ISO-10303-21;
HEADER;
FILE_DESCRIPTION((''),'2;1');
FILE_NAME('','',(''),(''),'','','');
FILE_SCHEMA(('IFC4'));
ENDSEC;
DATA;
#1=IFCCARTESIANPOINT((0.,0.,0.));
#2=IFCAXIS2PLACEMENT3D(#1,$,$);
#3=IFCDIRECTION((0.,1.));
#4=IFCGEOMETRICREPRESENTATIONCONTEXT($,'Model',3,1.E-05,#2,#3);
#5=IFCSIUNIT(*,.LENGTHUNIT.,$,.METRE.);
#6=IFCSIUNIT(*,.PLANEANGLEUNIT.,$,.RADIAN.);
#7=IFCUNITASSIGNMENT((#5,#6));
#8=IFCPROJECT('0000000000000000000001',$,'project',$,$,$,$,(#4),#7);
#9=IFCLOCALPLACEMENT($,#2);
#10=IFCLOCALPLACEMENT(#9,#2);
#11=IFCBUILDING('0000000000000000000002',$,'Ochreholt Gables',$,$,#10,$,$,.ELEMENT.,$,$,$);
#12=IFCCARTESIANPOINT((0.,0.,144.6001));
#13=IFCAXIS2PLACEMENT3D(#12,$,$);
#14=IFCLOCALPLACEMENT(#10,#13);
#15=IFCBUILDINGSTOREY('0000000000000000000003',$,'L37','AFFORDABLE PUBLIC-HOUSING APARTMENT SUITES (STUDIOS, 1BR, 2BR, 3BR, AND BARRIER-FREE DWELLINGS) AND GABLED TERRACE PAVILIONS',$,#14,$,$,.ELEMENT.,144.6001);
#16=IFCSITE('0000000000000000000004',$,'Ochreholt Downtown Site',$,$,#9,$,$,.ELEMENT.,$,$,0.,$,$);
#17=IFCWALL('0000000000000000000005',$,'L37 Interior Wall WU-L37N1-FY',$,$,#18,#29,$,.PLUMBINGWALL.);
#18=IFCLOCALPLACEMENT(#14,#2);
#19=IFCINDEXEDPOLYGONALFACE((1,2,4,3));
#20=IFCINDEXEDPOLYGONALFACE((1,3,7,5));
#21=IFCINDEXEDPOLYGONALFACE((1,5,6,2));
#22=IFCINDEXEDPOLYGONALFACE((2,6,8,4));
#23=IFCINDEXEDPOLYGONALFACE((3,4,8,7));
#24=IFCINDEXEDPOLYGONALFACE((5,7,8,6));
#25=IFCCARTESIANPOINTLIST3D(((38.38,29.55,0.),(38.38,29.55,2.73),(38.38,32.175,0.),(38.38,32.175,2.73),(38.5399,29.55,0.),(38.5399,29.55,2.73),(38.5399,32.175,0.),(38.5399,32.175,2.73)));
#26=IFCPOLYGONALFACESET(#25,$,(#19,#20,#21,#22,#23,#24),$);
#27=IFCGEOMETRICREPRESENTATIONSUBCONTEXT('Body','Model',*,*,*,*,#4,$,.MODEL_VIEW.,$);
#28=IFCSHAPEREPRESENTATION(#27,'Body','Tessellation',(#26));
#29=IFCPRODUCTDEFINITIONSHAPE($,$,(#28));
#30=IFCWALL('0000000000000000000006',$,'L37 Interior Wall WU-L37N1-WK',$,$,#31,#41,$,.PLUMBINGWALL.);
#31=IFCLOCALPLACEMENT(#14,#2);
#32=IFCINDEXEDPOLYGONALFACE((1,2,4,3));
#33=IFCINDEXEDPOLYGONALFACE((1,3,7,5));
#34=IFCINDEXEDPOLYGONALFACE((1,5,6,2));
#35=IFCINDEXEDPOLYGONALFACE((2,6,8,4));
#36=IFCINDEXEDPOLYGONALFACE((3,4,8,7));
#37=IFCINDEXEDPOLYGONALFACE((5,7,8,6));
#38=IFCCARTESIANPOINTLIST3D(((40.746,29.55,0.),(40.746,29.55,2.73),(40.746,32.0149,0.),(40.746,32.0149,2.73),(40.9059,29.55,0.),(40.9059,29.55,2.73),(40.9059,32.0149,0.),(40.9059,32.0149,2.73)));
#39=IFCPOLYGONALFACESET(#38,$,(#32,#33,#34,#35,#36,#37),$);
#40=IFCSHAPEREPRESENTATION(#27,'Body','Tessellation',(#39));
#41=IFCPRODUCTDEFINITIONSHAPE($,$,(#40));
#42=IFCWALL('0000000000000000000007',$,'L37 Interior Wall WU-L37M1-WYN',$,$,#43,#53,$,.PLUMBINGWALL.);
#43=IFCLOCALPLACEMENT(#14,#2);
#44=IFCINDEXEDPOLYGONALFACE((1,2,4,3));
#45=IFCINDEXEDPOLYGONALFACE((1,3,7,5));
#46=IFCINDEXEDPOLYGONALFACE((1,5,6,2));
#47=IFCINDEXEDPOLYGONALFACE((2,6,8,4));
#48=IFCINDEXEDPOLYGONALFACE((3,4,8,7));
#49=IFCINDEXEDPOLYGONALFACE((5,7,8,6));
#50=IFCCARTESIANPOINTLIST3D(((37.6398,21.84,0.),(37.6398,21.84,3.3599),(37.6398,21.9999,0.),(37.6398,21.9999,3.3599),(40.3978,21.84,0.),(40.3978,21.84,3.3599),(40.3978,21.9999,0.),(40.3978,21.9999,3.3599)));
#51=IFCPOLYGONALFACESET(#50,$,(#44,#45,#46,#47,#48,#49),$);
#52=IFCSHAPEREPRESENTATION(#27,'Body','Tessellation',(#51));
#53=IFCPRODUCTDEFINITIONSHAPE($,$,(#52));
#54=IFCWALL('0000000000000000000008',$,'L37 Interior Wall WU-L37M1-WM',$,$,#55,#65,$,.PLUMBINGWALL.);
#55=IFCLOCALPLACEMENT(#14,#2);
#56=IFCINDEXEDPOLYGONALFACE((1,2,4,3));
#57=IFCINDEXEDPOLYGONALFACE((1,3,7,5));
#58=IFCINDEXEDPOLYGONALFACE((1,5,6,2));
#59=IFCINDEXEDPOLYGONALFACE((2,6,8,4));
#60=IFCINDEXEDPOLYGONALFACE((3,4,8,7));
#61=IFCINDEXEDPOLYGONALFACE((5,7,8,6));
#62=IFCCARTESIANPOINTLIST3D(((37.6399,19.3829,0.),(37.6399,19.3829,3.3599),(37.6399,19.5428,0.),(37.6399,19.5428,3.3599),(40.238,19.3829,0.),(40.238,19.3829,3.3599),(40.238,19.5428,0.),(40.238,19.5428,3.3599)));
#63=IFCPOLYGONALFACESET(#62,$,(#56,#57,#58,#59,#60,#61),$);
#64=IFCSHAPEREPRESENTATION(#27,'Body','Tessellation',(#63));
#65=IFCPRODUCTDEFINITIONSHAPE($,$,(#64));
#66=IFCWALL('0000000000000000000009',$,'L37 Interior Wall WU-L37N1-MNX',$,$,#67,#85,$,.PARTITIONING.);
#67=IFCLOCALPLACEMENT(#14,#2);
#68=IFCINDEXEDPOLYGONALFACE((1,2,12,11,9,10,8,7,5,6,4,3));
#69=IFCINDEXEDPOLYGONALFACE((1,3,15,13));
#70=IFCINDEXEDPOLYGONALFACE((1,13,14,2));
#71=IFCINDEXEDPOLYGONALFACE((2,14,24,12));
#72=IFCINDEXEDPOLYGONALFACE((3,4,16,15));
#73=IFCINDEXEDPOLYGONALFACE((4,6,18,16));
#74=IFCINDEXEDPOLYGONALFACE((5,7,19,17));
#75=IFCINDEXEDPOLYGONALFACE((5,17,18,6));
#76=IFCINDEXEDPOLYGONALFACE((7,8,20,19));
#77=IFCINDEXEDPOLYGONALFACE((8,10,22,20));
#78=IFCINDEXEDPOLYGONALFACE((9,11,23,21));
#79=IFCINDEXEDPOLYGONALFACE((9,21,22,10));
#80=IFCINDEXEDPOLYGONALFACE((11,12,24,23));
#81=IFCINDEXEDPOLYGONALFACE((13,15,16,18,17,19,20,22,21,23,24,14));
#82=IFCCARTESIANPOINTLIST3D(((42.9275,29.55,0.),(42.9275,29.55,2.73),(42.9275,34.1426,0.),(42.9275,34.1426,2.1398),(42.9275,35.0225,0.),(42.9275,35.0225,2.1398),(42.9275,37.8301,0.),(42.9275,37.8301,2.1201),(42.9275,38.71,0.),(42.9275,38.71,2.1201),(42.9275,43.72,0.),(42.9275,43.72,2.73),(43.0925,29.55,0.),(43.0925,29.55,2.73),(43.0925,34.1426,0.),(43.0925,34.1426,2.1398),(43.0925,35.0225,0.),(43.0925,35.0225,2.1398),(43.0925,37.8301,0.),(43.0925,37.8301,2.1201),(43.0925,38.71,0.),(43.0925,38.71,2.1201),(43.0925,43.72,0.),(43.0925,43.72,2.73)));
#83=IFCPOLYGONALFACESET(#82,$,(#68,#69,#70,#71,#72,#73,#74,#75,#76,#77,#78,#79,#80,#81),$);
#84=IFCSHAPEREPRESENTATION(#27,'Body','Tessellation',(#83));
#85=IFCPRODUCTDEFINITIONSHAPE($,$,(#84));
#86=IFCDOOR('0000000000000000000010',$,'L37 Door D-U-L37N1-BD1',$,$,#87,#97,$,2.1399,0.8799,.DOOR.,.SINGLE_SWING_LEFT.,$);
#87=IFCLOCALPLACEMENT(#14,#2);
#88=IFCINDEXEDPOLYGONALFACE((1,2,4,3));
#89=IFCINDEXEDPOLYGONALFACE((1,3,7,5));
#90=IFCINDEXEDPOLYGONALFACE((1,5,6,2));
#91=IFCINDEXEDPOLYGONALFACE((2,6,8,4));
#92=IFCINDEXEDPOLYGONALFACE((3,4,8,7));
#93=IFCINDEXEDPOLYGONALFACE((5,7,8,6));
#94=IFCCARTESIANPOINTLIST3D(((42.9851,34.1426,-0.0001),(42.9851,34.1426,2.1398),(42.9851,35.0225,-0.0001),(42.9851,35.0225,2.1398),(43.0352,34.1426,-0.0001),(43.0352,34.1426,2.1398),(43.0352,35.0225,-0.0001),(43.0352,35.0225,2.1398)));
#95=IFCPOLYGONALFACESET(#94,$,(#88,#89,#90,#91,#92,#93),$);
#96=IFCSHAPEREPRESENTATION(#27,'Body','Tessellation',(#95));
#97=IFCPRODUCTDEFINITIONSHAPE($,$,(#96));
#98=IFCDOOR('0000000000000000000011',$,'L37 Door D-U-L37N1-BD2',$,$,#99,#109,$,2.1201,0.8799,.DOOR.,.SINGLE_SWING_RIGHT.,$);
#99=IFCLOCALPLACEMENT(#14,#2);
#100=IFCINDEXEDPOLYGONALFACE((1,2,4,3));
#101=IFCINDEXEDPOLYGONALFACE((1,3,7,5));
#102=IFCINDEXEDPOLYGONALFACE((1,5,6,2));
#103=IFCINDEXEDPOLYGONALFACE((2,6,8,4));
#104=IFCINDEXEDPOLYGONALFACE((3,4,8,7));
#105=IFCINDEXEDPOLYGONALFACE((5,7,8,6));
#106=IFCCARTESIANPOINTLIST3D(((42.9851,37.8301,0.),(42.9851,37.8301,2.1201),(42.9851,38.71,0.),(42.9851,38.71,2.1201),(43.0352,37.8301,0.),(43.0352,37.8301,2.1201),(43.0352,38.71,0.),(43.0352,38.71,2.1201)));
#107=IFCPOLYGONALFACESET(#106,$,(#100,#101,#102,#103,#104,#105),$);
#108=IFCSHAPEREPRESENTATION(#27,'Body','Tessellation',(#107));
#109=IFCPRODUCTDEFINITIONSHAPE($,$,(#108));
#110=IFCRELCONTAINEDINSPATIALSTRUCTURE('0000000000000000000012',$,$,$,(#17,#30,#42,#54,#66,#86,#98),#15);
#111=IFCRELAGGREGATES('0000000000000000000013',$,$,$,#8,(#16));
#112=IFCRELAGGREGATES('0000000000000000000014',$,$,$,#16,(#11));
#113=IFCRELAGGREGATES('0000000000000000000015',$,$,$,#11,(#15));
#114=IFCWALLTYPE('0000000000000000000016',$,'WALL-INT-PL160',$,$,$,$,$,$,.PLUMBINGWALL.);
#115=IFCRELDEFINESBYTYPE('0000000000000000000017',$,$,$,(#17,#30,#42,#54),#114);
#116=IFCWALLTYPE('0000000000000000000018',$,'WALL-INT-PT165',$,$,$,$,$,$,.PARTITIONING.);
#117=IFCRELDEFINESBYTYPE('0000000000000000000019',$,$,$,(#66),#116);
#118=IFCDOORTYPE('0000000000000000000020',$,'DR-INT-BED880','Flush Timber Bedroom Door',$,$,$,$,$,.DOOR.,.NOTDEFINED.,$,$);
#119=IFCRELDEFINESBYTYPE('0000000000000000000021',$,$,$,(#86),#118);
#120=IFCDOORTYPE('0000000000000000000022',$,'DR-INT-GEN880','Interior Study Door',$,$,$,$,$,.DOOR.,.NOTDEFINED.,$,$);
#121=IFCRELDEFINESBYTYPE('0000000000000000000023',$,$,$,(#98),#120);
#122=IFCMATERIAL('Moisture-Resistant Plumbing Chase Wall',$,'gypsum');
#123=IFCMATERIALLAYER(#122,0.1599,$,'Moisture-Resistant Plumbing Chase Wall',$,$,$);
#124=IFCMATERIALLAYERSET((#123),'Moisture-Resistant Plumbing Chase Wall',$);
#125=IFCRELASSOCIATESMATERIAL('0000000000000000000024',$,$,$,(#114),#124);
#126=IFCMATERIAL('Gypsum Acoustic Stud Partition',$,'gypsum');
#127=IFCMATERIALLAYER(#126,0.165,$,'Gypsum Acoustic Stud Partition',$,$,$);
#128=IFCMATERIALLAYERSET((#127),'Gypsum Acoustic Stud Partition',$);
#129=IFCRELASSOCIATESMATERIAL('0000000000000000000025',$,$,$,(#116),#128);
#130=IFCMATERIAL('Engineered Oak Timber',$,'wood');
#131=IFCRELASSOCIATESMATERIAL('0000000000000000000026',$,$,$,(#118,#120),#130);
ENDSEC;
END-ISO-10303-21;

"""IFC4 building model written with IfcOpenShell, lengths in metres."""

from ifc_helpers import new_model, si_unit, direction, frame, frame_2d, origin, place, context, subcontext, project, spatial, rectangle, extrude, material, layer, layer_set, type_object, element, fill, save


model = new_model("IFC4")

# Units and contexts
model_context = context("Model", 3, precision=1e-05, world=origin(), true_north=direction((0.0, 1.0)))
body_context = subcontext(model_context, "Body", "Model", "MODEL_VIEW")
ifc_project = project(units=[si_unit("LENGTHUNIT", "METRE"), si_unit("PLANEANGLEUNIT", "RADIAN")], contexts=[model_context])

# Site, building, storey
site_placement = place(None, origin())
site = spatial("IfcSite", under=ifc_project, at=site_placement, Name="Ochreholt Downtown Site", CompositionType="ELEMENT", RefElevation=0.0)
building_placement = place(site_placement, origin())
building = spatial("IfcBuilding", under=site, at=building_placement, Name="Ochreholt Gables", CompositionType="ELEMENT")
storey_placement = place(building_placement, frame((0.0, 0.0, 144.6001)))
storey = spatial("IfcBuildingStorey", under=building, at=storey_placement, Name="L37", Description="AFFORDABLE PUBLIC-HOUSING APARTMENT SUITES (STUDIOS, 1BR, 2BR, 3BR, AND BARRIER-FREE DWELLINGS) AND GABLED TERRACE PAVILIONS", CompositionType="ELEMENT", Elevation=144.6001)

# Shared definitions
ifc_material_1 = material(Name="Engineered Oak Timber", Category="wood")

# Walls
ifc_material_2 = material(Name="Moisture-Resistant Plumbing Chase Wall", Category="gypsum")
ifc_layer_1 = layer(ifc_material_2, 0.1599, Name="Moisture-Resistant Plumbing Chase Wall")
ifc_layer_set_1 = layer_set([ifc_layer_1], Name="Moisture-Resistant Plumbing Chase Wall")
wall_type_1 = type_object("IfcWallType", Name="WALL-INT-PL160", PredefinedType="PLUMBINGWALL", material=ifc_layer_set_1)
wall_1_placement = place(storey_placement, frame((38.46, 29.55, 0.0), z_axis=(0.0, 0.0, 1.0), x_axis=(0.0, 1.0, 0.0)))
element("IfcWall", 1, at=wall_1_placement, inside=storey, type_object=wall_type_1, Name="L37 Interior Wall WU-L37N1-FY", PredefinedType="PLUMBINGWALL", context=body_context, shape_type="SweptSolid", body=[
    extrude(rectangle(XDim=2.625, YDim=0.1599, at=frame_2d((1.3125, 0.0))), origin(), (0.0, 0.0, 1.0), 2.73),
])
wall_2_placement = place(storey_placement, frame((40.8259, 29.55, 0.0), z_axis=(0.0, 0.0, 1.0), x_axis=(0.0, 1.0, 0.0)))
element("IfcWall", 2, at=wall_2_placement, inside=storey, type_object=wall_type_1, Name="L37 Interior Wall WU-L37N1-WK", PredefinedType="PLUMBINGWALL", context=body_context, shape_type="SweptSolid", body=[
    extrude(rectangle(XDim=2.4648, YDim=0.1599, at=frame_2d((1.2324, 0.0))), origin(), (0.0, 0.0, 1.0), 2.73),
])
wall_3_placement = place(storey_placement, frame((37.6399, 21.9199, 0.0), z_axis=(0.0, 0.0, 1.0), x_axis=(1.0, 0.0, 0.0)))
element("IfcWall", 3, at=wall_3_placement, inside=storey, type_object=wall_type_1, Name="L37 Interior Wall WU-L37M1-WYN", PredefinedType="PLUMBINGWALL", context=body_context, shape_type="SweptSolid", body=[
    extrude(rectangle(XDim=2.7581, YDim=0.1599, at=frame_2d((1.3789, 0.0))), origin(), (0.0, 0.0, 1.0), 3.3599),
])
wall_4_placement = place(storey_placement, frame((37.6399, 19.4629, 0.0), z_axis=(0.0, 0.0, 1.0), x_axis=(1.0, 0.0, 0.0)))
element("IfcWall", 4, at=wall_4_placement, inside=storey, type_object=wall_type_1, Name="L37 Interior Wall WU-L37M1-WM", PredefinedType="PLUMBINGWALL", context=body_context, shape_type="SweptSolid", body=[
    extrude(rectangle(XDim=2.5981, YDim=0.1599, at=frame_2d((1.2991, 0.0))), origin(), (0.0, 0.0, 1.0), 3.3599),
])

# Wall, openings, doors
ifc_material_3 = material(Name="Gypsum Acoustic Stud Partition", Category="gypsum")
ifc_layer_2 = layer(ifc_material_3, 0.165, Name="Gypsum Acoustic Stud Partition")
ifc_layer_set_2 = layer_set([ifc_layer_2], Name="Gypsum Acoustic Stud Partition")
wall_type_2 = type_object("IfcWallType", Name="WALL-INT-PT165", PredefinedType="PARTITIONING", material=ifc_layer_set_2)
wall_5_placement = place(storey_placement, frame((43.01, 29.55, 0.0), z_axis=(0.0, 0.0, 1.0), x_axis=(0.0, 1.0, 0.0)))
wall_5 = element("IfcWall", 5, at=wall_5_placement, inside=storey, type_object=wall_type_2, Name="L37 Interior Wall WU-L37N1-MNX", PredefinedType="PARTITIONING", context=body_context, shape_type="SweptSolid", body=[
    extrude(rectangle(XDim=14.1699, YDim=0.165, at=frame_2d((7.085, 0.0))), origin(), (0.0, 0.0, 1.0), 2.73),
])
opening_1_placement = place(wall_5_placement, frame((4.5925, 0.0, 0.0)))
opening_1 = element("IfcOpeningElement", 6, at=opening_1_placement, cuts=wall_5, PredefinedType="OPENING", context=body_context, shape_type="SweptSolid", body=[
    extrude(rectangle(XDim=0.8799, YDim=2.1399, at=frame_2d((0.4399, 1.0698))), frame((0.0, 0.0925, 0.0), z_axis=(0.0, -1.0, 0.0), x_axis=(1.0, 0.0, 0.0)), (0.0, 0.0, 1.0), 0.1851),
])
opening_2_placement = place(wall_5_placement, frame((8.28, 0.0, 0.0)))
opening_2 = element("IfcOpeningElement", 7, at=opening_2_placement, cuts=wall_5, PredefinedType="OPENING", context=body_context, shape_type="SweptSolid", body=[
    extrude(rectangle(XDim=0.8799, YDim=2.1201, at=frame_2d((0.4399, 1.0601))), frame((0.0, 0.0925, 0.0), z_axis=(0.0, -1.0, 0.0), x_axis=(1.0, 0.0, 0.0)), (0.0, 0.0, 1.0), 0.1851),
])
door_type_1 = type_object("IfcDoorType", Name="DR-INT-BED880", Description="Flush Timber Bedroom Door", OperationType="NOTDEFINED", PredefinedType="DOOR", material=ifc_material_1)
door_1_placement = place(opening_1_placement, origin())
door_1 = element("IfcDoor", 8, at=door_1_placement, inside=storey, type_object=door_type_1, Name="L37 Door D-U-L37N1-BD1", OperationType="SINGLE_SWING_LEFT", OverallHeight=2.1399, OverallWidth=0.8799, PredefinedType="DOOR", context=body_context, shape_type="SweptSolid", body=[
    extrude(rectangle(XDim=0.8799, YDim=2.1399, at=frame_2d((0.4399, 1.0698))), frame((0.0, 0.0249, 0.0), z_axis=(0.0, -1.0, 0.0), x_axis=(1.0, 0.0, 0.0)), (0.0, 0.0, 1.0), 0.05),
])
fill(opening_1, door_1)
door_type_2 = type_object("IfcDoorType", Name="DR-INT-GEN880", Description="Interior Study Door", OperationType="NOTDEFINED", PredefinedType="DOOR", material=ifc_material_1)
door_2_placement = place(opening_2_placement, origin())
door_2 = element("IfcDoor", 9, at=door_2_placement, inside=storey, type_object=door_type_2, Name="L37 Door D-U-L37N1-BD2", OperationType="SINGLE_SWING_RIGHT", OverallHeight=2.1201, OverallWidth=0.8799, PredefinedType="DOOR", context=body_context, shape_type="SweptSolid", body=[
    extrude(rectangle(XDim=0.8799, YDim=2.1201, at=frame_2d((0.4399, 1.0601))), frame((0.0, 0.0249, 0.0), z_axis=(0.0, -1.0, 0.0), x_axis=(1.0, 0.0, 0.0)), (0.0, 0.0, 1.0), 0.05),
])
fill(opening_2, door_2)

save(model, "model.ifc")
